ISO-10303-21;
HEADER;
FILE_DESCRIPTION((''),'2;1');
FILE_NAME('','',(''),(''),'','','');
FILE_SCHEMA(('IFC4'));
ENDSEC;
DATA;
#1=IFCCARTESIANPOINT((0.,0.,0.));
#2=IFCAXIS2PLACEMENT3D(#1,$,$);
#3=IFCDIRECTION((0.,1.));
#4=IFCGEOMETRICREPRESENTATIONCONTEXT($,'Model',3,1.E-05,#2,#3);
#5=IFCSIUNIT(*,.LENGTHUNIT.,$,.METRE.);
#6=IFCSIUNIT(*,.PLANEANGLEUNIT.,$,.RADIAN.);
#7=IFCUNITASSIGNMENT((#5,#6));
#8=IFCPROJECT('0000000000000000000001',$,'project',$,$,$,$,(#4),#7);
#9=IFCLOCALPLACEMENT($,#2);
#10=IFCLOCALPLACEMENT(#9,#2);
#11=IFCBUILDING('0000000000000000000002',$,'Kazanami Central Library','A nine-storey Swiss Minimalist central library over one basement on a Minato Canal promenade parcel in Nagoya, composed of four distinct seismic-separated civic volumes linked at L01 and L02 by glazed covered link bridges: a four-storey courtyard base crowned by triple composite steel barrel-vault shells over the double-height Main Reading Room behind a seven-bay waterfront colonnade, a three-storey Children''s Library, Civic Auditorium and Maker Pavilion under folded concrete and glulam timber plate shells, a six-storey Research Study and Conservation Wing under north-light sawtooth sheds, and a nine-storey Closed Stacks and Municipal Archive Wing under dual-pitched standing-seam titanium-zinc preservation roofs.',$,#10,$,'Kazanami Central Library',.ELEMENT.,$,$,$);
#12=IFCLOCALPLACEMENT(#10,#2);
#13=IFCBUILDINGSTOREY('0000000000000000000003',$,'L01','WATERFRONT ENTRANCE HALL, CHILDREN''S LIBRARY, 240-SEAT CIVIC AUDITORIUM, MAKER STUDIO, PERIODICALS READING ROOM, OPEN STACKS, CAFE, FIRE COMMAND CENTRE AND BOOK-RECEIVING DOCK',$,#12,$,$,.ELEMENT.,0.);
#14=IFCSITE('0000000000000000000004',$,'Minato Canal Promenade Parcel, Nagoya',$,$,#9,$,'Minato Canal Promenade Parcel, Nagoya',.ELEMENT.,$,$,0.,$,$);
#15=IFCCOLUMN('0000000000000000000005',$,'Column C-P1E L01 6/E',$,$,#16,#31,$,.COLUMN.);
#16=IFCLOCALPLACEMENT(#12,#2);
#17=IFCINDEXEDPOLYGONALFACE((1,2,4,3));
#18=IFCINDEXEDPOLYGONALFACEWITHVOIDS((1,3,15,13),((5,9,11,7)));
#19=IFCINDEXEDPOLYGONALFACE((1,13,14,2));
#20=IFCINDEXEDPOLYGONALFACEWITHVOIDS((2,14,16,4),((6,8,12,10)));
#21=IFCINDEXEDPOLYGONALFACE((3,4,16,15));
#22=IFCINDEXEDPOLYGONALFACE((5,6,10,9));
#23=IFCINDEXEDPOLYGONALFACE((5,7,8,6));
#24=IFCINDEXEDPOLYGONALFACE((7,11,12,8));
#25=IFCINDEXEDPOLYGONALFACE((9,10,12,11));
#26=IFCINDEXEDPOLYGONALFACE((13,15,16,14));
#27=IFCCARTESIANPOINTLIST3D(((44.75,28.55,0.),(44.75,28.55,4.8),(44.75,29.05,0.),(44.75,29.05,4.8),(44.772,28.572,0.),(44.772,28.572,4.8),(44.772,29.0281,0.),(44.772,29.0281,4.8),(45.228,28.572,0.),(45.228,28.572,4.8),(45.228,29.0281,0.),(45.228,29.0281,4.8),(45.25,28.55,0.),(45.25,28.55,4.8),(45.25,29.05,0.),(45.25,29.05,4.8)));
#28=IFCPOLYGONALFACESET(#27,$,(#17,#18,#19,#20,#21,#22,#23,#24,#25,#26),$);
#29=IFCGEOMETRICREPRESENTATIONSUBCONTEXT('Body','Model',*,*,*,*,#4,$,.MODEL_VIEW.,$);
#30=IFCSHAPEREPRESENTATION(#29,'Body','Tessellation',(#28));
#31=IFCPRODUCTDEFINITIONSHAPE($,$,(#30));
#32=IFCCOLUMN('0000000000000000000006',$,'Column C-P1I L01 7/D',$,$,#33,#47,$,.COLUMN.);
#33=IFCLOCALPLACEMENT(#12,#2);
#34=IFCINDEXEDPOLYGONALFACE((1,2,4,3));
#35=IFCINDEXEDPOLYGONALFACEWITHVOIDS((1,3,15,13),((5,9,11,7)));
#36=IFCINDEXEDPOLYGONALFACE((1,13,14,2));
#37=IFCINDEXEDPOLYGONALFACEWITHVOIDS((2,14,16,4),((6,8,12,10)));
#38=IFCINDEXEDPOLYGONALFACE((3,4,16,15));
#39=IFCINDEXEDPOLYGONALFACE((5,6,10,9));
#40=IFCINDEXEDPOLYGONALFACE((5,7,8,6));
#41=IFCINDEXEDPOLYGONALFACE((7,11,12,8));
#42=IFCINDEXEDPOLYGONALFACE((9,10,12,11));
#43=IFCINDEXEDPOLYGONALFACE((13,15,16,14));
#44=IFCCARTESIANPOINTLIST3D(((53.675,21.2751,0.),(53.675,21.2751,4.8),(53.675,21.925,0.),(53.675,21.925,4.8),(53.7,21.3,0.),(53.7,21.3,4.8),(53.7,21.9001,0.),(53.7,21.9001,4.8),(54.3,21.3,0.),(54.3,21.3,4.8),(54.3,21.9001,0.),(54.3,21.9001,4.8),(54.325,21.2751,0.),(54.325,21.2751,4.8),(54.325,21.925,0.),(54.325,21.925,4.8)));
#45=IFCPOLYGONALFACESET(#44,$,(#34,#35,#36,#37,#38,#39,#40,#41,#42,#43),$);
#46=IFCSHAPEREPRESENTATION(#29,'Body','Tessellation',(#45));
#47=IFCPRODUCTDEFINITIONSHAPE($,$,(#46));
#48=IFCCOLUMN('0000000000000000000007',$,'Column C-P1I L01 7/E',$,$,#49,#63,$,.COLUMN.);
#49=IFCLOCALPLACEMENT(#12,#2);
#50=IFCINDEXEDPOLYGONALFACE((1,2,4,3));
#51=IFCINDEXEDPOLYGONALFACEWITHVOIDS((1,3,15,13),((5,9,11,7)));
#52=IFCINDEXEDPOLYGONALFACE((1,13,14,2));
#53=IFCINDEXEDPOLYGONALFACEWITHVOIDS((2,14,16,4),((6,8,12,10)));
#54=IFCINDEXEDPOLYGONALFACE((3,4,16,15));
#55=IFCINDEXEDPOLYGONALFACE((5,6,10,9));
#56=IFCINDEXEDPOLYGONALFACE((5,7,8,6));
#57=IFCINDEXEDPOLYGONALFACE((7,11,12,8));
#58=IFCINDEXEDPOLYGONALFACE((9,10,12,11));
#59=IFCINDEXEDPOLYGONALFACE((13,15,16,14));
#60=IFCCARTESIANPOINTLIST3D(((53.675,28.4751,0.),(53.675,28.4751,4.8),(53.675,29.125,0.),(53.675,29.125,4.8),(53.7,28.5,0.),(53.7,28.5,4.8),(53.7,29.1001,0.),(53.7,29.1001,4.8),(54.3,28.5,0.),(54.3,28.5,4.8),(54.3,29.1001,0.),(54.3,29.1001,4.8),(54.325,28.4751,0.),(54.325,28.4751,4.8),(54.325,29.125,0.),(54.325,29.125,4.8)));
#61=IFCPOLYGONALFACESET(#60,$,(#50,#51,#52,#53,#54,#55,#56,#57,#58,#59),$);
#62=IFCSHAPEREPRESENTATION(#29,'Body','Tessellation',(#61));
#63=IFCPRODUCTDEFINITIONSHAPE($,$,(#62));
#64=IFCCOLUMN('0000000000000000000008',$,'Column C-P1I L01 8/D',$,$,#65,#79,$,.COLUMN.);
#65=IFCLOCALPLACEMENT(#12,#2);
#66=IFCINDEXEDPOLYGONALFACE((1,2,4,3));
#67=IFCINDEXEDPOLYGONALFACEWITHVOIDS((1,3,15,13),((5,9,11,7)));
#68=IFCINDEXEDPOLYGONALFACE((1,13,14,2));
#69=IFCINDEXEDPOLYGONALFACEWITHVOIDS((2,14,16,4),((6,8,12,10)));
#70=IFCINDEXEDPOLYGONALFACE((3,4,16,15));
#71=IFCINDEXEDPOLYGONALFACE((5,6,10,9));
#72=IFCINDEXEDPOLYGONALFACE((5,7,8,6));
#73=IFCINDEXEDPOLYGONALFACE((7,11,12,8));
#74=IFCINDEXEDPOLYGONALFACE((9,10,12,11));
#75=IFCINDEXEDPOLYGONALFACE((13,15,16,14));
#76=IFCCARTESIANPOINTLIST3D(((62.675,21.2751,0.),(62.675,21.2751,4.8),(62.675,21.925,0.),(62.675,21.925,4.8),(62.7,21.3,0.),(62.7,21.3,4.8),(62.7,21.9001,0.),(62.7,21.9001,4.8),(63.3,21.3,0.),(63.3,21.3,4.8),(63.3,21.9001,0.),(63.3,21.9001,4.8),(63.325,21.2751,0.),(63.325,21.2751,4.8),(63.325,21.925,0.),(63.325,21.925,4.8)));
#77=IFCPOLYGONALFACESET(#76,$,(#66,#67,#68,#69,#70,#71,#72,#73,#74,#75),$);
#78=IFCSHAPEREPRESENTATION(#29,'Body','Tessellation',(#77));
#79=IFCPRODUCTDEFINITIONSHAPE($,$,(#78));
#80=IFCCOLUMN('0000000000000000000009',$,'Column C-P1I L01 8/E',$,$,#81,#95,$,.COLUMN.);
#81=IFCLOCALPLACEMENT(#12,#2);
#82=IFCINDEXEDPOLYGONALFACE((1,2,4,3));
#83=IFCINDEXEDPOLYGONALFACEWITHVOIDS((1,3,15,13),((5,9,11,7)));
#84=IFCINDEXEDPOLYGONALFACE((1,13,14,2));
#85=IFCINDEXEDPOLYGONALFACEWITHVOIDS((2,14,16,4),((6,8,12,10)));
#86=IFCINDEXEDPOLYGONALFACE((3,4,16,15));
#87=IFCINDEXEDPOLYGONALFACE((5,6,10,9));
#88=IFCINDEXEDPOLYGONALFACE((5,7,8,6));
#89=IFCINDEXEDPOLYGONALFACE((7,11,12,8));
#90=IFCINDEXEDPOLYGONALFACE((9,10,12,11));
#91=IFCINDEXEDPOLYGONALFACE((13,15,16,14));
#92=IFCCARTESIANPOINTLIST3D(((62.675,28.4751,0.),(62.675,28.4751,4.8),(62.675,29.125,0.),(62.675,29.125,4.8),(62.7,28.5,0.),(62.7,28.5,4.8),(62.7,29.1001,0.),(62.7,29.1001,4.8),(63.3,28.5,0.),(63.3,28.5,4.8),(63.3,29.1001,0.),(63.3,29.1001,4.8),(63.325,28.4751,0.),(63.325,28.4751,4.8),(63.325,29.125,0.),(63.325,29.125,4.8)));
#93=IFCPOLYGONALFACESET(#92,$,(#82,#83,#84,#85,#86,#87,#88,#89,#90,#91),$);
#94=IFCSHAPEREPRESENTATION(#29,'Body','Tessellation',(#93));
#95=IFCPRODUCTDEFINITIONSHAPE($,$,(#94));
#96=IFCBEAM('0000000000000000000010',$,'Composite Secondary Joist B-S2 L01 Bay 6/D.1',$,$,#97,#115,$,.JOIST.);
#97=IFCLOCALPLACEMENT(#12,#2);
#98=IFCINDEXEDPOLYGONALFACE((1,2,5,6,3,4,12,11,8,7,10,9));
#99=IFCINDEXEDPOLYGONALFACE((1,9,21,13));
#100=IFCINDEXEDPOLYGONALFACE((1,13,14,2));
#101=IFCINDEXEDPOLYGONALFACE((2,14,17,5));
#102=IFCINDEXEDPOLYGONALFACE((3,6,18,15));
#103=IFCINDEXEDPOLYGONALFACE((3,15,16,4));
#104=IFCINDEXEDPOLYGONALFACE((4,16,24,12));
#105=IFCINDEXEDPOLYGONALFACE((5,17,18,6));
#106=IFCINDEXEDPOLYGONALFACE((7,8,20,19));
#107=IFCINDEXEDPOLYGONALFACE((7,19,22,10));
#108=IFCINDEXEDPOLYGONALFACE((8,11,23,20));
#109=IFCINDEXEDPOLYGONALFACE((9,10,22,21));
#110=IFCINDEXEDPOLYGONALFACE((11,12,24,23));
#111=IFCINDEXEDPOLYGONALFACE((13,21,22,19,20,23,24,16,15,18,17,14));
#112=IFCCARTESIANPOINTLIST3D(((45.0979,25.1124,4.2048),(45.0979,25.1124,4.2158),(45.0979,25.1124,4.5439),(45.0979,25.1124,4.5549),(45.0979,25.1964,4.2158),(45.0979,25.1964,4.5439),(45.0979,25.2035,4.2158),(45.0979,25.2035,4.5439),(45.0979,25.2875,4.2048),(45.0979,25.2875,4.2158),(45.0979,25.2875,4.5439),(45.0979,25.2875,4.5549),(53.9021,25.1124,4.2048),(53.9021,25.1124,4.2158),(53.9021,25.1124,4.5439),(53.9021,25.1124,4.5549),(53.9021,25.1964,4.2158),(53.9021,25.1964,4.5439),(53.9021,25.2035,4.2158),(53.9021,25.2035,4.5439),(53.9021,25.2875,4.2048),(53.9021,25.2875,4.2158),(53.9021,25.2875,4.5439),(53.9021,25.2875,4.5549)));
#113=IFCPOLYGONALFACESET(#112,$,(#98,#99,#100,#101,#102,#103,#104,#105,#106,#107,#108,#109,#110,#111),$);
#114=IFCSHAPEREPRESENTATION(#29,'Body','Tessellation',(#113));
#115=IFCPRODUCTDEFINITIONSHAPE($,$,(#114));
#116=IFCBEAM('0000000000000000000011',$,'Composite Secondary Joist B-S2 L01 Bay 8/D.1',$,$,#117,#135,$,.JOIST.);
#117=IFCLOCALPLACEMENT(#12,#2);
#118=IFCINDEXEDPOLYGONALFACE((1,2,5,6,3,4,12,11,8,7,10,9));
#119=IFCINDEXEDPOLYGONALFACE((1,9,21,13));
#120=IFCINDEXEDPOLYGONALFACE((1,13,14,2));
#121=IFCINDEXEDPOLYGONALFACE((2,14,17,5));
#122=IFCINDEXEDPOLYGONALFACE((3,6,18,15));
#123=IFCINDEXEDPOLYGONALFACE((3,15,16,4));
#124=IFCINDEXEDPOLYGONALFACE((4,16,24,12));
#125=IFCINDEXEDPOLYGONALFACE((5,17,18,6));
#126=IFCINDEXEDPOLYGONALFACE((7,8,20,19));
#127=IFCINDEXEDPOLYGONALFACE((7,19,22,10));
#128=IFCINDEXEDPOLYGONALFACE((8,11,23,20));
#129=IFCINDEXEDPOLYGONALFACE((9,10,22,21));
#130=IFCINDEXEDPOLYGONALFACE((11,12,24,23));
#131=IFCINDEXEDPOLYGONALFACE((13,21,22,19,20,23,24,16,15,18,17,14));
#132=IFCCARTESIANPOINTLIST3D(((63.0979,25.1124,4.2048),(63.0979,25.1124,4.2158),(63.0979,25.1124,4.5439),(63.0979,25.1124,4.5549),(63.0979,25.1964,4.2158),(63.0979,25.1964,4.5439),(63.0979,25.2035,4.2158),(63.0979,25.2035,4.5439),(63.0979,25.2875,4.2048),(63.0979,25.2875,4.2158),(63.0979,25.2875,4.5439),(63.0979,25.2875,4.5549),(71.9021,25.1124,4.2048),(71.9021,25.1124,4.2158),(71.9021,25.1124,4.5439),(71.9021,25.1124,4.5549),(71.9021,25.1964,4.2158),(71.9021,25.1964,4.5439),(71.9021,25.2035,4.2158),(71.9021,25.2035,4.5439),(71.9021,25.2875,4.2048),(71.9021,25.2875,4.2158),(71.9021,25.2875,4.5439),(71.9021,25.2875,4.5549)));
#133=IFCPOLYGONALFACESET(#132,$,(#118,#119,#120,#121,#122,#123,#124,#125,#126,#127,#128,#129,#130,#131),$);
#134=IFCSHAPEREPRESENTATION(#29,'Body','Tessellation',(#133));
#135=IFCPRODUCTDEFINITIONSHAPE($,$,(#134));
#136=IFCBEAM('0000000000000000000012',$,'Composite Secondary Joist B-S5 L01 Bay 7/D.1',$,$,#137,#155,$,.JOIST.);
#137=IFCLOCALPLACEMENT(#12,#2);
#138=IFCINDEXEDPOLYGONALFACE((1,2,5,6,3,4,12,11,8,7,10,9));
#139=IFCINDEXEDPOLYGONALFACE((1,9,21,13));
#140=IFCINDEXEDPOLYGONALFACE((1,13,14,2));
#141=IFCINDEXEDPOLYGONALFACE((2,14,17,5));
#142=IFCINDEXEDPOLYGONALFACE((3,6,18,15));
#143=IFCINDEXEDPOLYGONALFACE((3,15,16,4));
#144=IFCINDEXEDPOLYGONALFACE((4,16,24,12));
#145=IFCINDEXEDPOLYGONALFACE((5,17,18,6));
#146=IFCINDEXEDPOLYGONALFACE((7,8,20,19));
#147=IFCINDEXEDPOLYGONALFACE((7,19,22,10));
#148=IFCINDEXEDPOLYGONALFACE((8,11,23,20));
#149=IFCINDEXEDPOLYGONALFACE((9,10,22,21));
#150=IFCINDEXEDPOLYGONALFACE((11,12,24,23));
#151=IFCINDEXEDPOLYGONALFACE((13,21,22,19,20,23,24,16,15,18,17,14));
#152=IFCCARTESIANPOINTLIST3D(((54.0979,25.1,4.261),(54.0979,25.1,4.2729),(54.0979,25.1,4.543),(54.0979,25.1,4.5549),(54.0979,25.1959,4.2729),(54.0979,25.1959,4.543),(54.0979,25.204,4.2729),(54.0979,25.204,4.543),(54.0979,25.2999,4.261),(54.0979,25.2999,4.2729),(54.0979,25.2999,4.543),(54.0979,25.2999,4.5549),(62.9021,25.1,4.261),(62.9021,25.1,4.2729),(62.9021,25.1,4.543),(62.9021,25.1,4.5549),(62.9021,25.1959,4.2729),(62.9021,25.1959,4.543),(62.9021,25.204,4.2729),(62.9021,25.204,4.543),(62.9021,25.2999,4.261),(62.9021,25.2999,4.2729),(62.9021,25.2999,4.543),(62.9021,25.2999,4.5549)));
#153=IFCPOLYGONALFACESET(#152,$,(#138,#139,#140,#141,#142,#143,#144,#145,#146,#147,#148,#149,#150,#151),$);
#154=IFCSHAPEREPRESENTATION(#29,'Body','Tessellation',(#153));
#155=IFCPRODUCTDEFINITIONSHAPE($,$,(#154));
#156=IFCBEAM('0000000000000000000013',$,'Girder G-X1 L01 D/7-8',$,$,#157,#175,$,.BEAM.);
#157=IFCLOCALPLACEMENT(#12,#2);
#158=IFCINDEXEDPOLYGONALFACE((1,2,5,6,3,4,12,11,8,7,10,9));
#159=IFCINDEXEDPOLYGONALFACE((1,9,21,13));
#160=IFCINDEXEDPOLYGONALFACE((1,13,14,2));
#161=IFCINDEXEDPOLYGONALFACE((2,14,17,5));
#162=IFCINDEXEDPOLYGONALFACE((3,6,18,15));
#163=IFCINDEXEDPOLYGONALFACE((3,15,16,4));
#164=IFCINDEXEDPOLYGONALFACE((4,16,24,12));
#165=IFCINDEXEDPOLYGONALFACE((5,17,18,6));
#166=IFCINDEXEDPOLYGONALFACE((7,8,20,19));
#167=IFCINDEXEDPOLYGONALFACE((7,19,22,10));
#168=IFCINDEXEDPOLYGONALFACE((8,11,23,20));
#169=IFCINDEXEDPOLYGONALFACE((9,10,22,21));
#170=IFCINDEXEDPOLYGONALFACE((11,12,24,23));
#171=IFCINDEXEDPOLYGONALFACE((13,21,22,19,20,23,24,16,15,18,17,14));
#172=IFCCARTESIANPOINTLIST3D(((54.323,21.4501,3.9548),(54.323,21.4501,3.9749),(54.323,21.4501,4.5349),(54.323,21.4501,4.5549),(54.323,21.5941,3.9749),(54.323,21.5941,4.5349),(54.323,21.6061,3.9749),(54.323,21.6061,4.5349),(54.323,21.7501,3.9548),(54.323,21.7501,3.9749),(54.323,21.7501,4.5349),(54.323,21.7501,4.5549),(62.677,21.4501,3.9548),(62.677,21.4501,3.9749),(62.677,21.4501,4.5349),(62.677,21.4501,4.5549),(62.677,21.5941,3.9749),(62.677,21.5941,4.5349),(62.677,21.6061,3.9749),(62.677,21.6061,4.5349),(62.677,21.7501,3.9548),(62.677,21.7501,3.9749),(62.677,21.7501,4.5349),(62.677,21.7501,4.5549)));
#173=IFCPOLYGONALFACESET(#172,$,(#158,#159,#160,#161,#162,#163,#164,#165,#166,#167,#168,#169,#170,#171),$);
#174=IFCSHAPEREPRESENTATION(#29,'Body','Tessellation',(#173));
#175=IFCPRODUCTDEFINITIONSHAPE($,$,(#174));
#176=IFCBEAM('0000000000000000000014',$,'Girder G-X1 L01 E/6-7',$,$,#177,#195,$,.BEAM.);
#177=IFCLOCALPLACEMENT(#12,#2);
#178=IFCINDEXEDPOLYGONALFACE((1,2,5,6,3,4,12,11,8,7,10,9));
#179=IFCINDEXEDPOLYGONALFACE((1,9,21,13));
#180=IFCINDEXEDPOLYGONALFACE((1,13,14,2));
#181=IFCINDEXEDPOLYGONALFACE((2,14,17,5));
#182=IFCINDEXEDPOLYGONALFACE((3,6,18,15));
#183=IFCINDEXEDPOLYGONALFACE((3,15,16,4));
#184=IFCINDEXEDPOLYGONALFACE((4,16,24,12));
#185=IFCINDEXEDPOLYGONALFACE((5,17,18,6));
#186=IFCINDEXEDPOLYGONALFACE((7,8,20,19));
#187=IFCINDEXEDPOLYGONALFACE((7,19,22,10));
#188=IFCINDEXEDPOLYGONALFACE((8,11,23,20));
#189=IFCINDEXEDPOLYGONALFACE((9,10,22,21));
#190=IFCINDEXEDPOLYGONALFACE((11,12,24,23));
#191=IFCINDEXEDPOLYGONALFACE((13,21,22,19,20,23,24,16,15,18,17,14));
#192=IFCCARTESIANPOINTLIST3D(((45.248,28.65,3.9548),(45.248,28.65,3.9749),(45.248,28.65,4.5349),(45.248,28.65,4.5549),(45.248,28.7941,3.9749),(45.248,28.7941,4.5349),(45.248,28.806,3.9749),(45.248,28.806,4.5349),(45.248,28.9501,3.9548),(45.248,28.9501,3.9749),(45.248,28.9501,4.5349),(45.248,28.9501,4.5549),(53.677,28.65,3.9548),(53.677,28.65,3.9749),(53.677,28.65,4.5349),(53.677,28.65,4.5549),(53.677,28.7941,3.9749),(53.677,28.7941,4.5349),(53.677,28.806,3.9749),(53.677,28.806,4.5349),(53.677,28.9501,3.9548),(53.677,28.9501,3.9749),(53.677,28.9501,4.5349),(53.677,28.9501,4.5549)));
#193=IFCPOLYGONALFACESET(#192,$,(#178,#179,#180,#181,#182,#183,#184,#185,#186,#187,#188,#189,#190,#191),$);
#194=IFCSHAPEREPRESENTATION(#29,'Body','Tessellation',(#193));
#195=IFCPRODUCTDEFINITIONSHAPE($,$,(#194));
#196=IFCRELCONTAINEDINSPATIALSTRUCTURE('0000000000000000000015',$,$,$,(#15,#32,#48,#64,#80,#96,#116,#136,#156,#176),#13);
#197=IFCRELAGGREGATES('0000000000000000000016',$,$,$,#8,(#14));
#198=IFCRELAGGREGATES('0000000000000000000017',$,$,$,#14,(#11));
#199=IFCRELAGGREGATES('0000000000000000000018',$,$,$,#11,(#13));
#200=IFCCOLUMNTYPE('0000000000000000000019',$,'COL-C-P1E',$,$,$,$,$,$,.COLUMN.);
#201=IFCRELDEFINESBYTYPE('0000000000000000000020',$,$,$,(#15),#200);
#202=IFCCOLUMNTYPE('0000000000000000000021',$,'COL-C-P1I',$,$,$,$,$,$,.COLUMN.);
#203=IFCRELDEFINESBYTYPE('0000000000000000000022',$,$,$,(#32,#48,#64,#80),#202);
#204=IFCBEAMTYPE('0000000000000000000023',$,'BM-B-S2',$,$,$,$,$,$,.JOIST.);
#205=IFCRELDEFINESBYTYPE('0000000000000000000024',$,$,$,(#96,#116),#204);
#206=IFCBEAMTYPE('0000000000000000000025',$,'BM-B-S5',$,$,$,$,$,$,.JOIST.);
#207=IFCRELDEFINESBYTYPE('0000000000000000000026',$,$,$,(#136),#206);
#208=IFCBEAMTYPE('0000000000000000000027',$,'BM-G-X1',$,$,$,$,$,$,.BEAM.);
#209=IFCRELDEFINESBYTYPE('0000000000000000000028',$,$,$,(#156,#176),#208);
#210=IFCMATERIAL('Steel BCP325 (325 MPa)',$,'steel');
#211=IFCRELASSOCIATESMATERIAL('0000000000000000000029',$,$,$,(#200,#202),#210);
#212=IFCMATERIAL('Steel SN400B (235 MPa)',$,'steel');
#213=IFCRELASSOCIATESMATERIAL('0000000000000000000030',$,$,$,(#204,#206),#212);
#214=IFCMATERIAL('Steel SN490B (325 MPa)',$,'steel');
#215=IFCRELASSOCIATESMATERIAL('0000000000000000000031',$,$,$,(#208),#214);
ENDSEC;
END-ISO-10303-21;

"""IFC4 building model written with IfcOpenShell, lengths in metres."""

from ifc_helpers import new_model, si_unit, direction, frame, origin, origin_2d, place, context, subcontext, project, spatial, hollow_rectangle, i_section, extrude, material, material_profile, profile_set, type_object, element, save


model = new_model("IFC4")

# Units and contexts
model_context = context("Model", 3, precision=1e-05, world=origin(), true_north=direction((0.0, 1.0)))
body_context = subcontext(model_context, "Body", "Model", "MODEL_VIEW")
ifc_project = project(units=[si_unit("LENGTHUNIT", "METRE"), si_unit("PLANEANGLEUNIT", "RADIAN")], contexts=[model_context])

# Site, building, storey
site_placement = place(None, origin())
site = spatial("IfcSite", under=ifc_project, at=site_placement, Name="Minato Canal Promenade Parcel, Nagoya", LongName="Minato Canal Promenade Parcel, Nagoya", CompositionType="ELEMENT", RefElevation=0.0)
building_placement = place(site_placement, origin())
building = spatial("IfcBuilding", under=site, at=building_placement, Name="Kazanami Central Library", Description="A nine-storey Swiss Minimalist central library over one basement on a Minato Canal promenade parcel in Nagoya, composed of four distinct seismic-separated civic volumes linked at L01 and L02 by glazed covered link bridges: a four-storey courtyard base crowned by triple composite steel barrel-vault shells over the double-height Main Reading Room behind a seven-bay waterfront colonnade, a three-storey Children's Library, Civic Auditorium and Maker Pavilion under folded concrete and glulam timber plate shells, a six-storey Research Study and Conservation Wing under north-light sawtooth sheds, and a nine-storey Closed Stacks and Municipal Archive Wing under dual-pitched standing-seam titanium-zinc preservation roofs.", LongName="Kazanami Central Library", CompositionType="ELEMENT")
storey_placement = place(building_placement, origin())
storey = spatial("IfcBuildingStorey", under=building, at=storey_placement, Name="L01", Description="WATERFRONT ENTRANCE HALL, CHILDREN'S LIBRARY, 240-SEAT CIVIC AUDITORIUM, MAKER STUDIO, PERIODICALS READING ROOM, OPEN STACKS, CAFE, FIRE COMMAND CENTRE AND BOOK-RECEIVING DOCK", CompositionType="ELEMENT", Elevation=0.0)

# Columns
ifc_material_1 = material(Name="Steel BCP325 (325 MPa)", Category="steel")
ifc_material_profile_1 = material_profile(ifc_material_1, hollow_rectangle(XDim=0.5, YDim=0.5, WallThickness=0.022, at=origin_2d()), Name="BCP-500x500x22")
ifc_profile_set_1 = profile_set([ifc_material_profile_1], Name="Steel BCP325 (325 MPa)")
column_type_1 = type_object("IfcColumnType", Name="COL-C-P1E", PredefinedType="COLUMN", material=ifc_profile_set_1)
column_placement = place(storey_placement, frame((45.0, 28.8, 0.0), z_axis=(0.0, 0.0, 1.0), x_axis=(1.0, 0.0, 0.0)))
element("IfcColumn", 1, at=column_placement, inside=storey, type_object=column_type_1, Name="Column C-P1E L01 6/E", PredefinedType="COLUMN", context=body_context, shape_type="SweptSolid", body=[
    extrude(hollow_rectangle(XDim=0.5, YDim=0.5, WallThickness=0.022, at=origin_2d()), origin(), (0.0, 0.0, 1.0), 4.8),
])
ifc_material_profile_2 = material_profile(ifc_material_1, hollow_rectangle(XDim=0.6499, YDim=0.6499, WallThickness=0.0249, at=origin_2d()), Name="BCP-650x650x25")
ifc_profile_set_2 = profile_set([ifc_material_profile_2], Name="Steel BCP325 (325 MPa)")
column_type_2 = type_object("IfcColumnType", Name="COL-C-P1I", PredefinedType="COLUMN", material=ifc_profile_set_2)
for number, where, z_axis, x_axis, name in (
    (2, (54.0, 21.6001, 0.0), (0.0, 0.0, 1.0), (1.0, 0.0, 0.0), "Column C-P1I L01 7/D"),
    (3, (54.0, 28.8, 0.0), (0.0, 0.0, 1.0), (1.0, 0.0, 0.0), "Column C-P1I L01 7/E"),
    (4, (63.0, 21.6001, 0.0), (0.0, 0.0, 1.0), (1.0, 0.0, 0.0), "Column C-P1I L01 8/D"),
    (5, (63.0, 28.8, 0.0), (0.0, 0.0, 1.0), (1.0, 0.0, 0.0), "Column C-P1I L01 8/E"),
):
    element("IfcColumn", number, at=place(storey_placement, frame(where, z_axis=z_axis, x_axis=x_axis)), inside=storey, type_object=column_type_2, Name=name, PredefinedType="COLUMN", context=body_context, shape_type="SweptSolid", body=[
        extrude(hollow_rectangle(XDim=0.6499, YDim=0.6499, WallThickness=0.0249, at=origin_2d()), origin(), (0.0, 0.0, 1.0), 4.8),
    ])

# Beams
ifc_material_2 = material(Name="Steel SN400B (235 MPa)", Category="steel")
ifc_material_profile_3 = material_profile(ifc_material_2, i_section(OverallWidth=0.175, OverallDepth=0.3501, WebThickness=0.0071, FlangeThickness=0.011, at=origin_2d()), Name="H-350x175x7x11")
ifc_profile_set_3 = profile_set([ifc_material_profile_3], Name="Steel SN400B (235 MPa)")
beam_type_1 = type_object("IfcBeamType", Name="BM-B-S2", PredefinedType="JOIST", material=ifc_profile_set_3)
for number, where, z_axis, x_axis, name in (
    (6, (45.0979, 25.2, 4.3799), (1.0, 0.0, 0.0), (0.0, 1.0, 0.0), "Composite Secondary Joist B-S2 L01 Bay 6/D.1"),
    (7, (63.0979, 25.2, 4.3799), (1.0, 0.0, 0.0), (0.0, 1.0, 0.0), "Composite Secondary Joist B-S2 L01 Bay 8/D.1"),
):
    element("IfcBeam", number, at=place(storey_placement, frame(where, z_axis=z_axis, x_axis=x_axis)), inside=storey, type_object=beam_type_1, Name=name, PredefinedType="JOIST", context=body_context, shape_type="SweptSolid", body=[
        extrude(i_section(OverallWidth=0.175, OverallDepth=0.3501, WebThickness=0.0071, FlangeThickness=0.011, at=origin_2d()), origin(), (0.0, 0.0, 1.0), 8.8042),
    ])
ifc_material_profile_4 = material_profile(ifc_material_2, i_section(OverallWidth=0.2, OverallDepth=0.2939, WebThickness=0.0081, FlangeThickness=0.012, at=origin_2d()), Name="H-294x200x8x12")
ifc_profile_set_4 = profile_set([ifc_material_profile_4], Name="Steel SN400B (235 MPa)")
beam_type_2 = type_object("IfcBeamType", Name="BM-B-S5", PredefinedType="JOIST", material=ifc_profile_set_4)
beam_1_placement = place(storey_placement, frame((54.0979, 25.2, 4.408), z_axis=(1.0, 0.0, 0.0), x_axis=(0.0, 1.0, 0.0)))
element("IfcBeam", 8, at=beam_1_placement, inside=storey, type_object=beam_type_2, Name="Composite Secondary Joist B-S5 L01 Bay 7/D.1", PredefinedType="JOIST", context=body_context, shape_type="SweptSolid", body=[
    extrude(i_section(OverallWidth=0.2, OverallDepth=0.2939, WebThickness=0.0081, FlangeThickness=0.012, at=origin_2d()), origin(), (0.0, 0.0, 1.0), 8.8042),
])
ifc_material_3 = material(Name="Steel SN490B (325 MPa)", Category="steel")
ifc_material_profile_5 = material_profile(ifc_material_3, i_section(OverallWidth=0.3, OverallDepth=0.6001, WebThickness=0.012, FlangeThickness=0.02, at=origin_2d()), Name="H-600x300x12x20")
ifc_profile_set_5 = profile_set([ifc_material_profile_5], Name="Steel SN490B (325 MPa)")
beam_type_3 = type_object("IfcBeamType", Name="BM-G-X1", PredefinedType="BEAM", material=ifc_profile_set_5)
beam_2_placement = place(storey_placement, frame((54.323, 21.6001, 4.2549), z_axis=(1.0, 0.0, 0.0), x_axis=(0.0, 1.0, 0.0)))
element("IfcBeam", 9, at=beam_2_placement, inside=storey, type_object=beam_type_3, Name="Girder G-X1 L01 D/7-8", PredefinedType="BEAM", context=body_context, shape_type="SweptSolid", body=[
    extrude(i_section(OverallWidth=0.3, OverallDepth=0.6001, WebThickness=0.012, FlangeThickness=0.02, at=origin_2d()), origin(), (0.0, 0.0, 1.0), 8.354),
])
beam_3_placement = place(storey_placement, frame((45.248, 28.8, 4.2549), z_axis=(1.0, 0.0, 0.0), x_axis=(0.0, 1.0, 0.0)))
element("IfcBeam", 10, at=beam_3_placement, inside=storey, type_object=beam_type_3, Name="Girder G-X1 L01 E/6-7", PredefinedType="BEAM", context=body_context, shape_type="SweptSolid", body=[
    extrude(i_section(OverallWidth=0.3, OverallDepth=0.6001, WebThickness=0.012, FlangeThickness=0.02, at=origin_2d()), origin(), (0.0, 0.0, 1.0), 8.429),
])

save(model, "model.ifc")
